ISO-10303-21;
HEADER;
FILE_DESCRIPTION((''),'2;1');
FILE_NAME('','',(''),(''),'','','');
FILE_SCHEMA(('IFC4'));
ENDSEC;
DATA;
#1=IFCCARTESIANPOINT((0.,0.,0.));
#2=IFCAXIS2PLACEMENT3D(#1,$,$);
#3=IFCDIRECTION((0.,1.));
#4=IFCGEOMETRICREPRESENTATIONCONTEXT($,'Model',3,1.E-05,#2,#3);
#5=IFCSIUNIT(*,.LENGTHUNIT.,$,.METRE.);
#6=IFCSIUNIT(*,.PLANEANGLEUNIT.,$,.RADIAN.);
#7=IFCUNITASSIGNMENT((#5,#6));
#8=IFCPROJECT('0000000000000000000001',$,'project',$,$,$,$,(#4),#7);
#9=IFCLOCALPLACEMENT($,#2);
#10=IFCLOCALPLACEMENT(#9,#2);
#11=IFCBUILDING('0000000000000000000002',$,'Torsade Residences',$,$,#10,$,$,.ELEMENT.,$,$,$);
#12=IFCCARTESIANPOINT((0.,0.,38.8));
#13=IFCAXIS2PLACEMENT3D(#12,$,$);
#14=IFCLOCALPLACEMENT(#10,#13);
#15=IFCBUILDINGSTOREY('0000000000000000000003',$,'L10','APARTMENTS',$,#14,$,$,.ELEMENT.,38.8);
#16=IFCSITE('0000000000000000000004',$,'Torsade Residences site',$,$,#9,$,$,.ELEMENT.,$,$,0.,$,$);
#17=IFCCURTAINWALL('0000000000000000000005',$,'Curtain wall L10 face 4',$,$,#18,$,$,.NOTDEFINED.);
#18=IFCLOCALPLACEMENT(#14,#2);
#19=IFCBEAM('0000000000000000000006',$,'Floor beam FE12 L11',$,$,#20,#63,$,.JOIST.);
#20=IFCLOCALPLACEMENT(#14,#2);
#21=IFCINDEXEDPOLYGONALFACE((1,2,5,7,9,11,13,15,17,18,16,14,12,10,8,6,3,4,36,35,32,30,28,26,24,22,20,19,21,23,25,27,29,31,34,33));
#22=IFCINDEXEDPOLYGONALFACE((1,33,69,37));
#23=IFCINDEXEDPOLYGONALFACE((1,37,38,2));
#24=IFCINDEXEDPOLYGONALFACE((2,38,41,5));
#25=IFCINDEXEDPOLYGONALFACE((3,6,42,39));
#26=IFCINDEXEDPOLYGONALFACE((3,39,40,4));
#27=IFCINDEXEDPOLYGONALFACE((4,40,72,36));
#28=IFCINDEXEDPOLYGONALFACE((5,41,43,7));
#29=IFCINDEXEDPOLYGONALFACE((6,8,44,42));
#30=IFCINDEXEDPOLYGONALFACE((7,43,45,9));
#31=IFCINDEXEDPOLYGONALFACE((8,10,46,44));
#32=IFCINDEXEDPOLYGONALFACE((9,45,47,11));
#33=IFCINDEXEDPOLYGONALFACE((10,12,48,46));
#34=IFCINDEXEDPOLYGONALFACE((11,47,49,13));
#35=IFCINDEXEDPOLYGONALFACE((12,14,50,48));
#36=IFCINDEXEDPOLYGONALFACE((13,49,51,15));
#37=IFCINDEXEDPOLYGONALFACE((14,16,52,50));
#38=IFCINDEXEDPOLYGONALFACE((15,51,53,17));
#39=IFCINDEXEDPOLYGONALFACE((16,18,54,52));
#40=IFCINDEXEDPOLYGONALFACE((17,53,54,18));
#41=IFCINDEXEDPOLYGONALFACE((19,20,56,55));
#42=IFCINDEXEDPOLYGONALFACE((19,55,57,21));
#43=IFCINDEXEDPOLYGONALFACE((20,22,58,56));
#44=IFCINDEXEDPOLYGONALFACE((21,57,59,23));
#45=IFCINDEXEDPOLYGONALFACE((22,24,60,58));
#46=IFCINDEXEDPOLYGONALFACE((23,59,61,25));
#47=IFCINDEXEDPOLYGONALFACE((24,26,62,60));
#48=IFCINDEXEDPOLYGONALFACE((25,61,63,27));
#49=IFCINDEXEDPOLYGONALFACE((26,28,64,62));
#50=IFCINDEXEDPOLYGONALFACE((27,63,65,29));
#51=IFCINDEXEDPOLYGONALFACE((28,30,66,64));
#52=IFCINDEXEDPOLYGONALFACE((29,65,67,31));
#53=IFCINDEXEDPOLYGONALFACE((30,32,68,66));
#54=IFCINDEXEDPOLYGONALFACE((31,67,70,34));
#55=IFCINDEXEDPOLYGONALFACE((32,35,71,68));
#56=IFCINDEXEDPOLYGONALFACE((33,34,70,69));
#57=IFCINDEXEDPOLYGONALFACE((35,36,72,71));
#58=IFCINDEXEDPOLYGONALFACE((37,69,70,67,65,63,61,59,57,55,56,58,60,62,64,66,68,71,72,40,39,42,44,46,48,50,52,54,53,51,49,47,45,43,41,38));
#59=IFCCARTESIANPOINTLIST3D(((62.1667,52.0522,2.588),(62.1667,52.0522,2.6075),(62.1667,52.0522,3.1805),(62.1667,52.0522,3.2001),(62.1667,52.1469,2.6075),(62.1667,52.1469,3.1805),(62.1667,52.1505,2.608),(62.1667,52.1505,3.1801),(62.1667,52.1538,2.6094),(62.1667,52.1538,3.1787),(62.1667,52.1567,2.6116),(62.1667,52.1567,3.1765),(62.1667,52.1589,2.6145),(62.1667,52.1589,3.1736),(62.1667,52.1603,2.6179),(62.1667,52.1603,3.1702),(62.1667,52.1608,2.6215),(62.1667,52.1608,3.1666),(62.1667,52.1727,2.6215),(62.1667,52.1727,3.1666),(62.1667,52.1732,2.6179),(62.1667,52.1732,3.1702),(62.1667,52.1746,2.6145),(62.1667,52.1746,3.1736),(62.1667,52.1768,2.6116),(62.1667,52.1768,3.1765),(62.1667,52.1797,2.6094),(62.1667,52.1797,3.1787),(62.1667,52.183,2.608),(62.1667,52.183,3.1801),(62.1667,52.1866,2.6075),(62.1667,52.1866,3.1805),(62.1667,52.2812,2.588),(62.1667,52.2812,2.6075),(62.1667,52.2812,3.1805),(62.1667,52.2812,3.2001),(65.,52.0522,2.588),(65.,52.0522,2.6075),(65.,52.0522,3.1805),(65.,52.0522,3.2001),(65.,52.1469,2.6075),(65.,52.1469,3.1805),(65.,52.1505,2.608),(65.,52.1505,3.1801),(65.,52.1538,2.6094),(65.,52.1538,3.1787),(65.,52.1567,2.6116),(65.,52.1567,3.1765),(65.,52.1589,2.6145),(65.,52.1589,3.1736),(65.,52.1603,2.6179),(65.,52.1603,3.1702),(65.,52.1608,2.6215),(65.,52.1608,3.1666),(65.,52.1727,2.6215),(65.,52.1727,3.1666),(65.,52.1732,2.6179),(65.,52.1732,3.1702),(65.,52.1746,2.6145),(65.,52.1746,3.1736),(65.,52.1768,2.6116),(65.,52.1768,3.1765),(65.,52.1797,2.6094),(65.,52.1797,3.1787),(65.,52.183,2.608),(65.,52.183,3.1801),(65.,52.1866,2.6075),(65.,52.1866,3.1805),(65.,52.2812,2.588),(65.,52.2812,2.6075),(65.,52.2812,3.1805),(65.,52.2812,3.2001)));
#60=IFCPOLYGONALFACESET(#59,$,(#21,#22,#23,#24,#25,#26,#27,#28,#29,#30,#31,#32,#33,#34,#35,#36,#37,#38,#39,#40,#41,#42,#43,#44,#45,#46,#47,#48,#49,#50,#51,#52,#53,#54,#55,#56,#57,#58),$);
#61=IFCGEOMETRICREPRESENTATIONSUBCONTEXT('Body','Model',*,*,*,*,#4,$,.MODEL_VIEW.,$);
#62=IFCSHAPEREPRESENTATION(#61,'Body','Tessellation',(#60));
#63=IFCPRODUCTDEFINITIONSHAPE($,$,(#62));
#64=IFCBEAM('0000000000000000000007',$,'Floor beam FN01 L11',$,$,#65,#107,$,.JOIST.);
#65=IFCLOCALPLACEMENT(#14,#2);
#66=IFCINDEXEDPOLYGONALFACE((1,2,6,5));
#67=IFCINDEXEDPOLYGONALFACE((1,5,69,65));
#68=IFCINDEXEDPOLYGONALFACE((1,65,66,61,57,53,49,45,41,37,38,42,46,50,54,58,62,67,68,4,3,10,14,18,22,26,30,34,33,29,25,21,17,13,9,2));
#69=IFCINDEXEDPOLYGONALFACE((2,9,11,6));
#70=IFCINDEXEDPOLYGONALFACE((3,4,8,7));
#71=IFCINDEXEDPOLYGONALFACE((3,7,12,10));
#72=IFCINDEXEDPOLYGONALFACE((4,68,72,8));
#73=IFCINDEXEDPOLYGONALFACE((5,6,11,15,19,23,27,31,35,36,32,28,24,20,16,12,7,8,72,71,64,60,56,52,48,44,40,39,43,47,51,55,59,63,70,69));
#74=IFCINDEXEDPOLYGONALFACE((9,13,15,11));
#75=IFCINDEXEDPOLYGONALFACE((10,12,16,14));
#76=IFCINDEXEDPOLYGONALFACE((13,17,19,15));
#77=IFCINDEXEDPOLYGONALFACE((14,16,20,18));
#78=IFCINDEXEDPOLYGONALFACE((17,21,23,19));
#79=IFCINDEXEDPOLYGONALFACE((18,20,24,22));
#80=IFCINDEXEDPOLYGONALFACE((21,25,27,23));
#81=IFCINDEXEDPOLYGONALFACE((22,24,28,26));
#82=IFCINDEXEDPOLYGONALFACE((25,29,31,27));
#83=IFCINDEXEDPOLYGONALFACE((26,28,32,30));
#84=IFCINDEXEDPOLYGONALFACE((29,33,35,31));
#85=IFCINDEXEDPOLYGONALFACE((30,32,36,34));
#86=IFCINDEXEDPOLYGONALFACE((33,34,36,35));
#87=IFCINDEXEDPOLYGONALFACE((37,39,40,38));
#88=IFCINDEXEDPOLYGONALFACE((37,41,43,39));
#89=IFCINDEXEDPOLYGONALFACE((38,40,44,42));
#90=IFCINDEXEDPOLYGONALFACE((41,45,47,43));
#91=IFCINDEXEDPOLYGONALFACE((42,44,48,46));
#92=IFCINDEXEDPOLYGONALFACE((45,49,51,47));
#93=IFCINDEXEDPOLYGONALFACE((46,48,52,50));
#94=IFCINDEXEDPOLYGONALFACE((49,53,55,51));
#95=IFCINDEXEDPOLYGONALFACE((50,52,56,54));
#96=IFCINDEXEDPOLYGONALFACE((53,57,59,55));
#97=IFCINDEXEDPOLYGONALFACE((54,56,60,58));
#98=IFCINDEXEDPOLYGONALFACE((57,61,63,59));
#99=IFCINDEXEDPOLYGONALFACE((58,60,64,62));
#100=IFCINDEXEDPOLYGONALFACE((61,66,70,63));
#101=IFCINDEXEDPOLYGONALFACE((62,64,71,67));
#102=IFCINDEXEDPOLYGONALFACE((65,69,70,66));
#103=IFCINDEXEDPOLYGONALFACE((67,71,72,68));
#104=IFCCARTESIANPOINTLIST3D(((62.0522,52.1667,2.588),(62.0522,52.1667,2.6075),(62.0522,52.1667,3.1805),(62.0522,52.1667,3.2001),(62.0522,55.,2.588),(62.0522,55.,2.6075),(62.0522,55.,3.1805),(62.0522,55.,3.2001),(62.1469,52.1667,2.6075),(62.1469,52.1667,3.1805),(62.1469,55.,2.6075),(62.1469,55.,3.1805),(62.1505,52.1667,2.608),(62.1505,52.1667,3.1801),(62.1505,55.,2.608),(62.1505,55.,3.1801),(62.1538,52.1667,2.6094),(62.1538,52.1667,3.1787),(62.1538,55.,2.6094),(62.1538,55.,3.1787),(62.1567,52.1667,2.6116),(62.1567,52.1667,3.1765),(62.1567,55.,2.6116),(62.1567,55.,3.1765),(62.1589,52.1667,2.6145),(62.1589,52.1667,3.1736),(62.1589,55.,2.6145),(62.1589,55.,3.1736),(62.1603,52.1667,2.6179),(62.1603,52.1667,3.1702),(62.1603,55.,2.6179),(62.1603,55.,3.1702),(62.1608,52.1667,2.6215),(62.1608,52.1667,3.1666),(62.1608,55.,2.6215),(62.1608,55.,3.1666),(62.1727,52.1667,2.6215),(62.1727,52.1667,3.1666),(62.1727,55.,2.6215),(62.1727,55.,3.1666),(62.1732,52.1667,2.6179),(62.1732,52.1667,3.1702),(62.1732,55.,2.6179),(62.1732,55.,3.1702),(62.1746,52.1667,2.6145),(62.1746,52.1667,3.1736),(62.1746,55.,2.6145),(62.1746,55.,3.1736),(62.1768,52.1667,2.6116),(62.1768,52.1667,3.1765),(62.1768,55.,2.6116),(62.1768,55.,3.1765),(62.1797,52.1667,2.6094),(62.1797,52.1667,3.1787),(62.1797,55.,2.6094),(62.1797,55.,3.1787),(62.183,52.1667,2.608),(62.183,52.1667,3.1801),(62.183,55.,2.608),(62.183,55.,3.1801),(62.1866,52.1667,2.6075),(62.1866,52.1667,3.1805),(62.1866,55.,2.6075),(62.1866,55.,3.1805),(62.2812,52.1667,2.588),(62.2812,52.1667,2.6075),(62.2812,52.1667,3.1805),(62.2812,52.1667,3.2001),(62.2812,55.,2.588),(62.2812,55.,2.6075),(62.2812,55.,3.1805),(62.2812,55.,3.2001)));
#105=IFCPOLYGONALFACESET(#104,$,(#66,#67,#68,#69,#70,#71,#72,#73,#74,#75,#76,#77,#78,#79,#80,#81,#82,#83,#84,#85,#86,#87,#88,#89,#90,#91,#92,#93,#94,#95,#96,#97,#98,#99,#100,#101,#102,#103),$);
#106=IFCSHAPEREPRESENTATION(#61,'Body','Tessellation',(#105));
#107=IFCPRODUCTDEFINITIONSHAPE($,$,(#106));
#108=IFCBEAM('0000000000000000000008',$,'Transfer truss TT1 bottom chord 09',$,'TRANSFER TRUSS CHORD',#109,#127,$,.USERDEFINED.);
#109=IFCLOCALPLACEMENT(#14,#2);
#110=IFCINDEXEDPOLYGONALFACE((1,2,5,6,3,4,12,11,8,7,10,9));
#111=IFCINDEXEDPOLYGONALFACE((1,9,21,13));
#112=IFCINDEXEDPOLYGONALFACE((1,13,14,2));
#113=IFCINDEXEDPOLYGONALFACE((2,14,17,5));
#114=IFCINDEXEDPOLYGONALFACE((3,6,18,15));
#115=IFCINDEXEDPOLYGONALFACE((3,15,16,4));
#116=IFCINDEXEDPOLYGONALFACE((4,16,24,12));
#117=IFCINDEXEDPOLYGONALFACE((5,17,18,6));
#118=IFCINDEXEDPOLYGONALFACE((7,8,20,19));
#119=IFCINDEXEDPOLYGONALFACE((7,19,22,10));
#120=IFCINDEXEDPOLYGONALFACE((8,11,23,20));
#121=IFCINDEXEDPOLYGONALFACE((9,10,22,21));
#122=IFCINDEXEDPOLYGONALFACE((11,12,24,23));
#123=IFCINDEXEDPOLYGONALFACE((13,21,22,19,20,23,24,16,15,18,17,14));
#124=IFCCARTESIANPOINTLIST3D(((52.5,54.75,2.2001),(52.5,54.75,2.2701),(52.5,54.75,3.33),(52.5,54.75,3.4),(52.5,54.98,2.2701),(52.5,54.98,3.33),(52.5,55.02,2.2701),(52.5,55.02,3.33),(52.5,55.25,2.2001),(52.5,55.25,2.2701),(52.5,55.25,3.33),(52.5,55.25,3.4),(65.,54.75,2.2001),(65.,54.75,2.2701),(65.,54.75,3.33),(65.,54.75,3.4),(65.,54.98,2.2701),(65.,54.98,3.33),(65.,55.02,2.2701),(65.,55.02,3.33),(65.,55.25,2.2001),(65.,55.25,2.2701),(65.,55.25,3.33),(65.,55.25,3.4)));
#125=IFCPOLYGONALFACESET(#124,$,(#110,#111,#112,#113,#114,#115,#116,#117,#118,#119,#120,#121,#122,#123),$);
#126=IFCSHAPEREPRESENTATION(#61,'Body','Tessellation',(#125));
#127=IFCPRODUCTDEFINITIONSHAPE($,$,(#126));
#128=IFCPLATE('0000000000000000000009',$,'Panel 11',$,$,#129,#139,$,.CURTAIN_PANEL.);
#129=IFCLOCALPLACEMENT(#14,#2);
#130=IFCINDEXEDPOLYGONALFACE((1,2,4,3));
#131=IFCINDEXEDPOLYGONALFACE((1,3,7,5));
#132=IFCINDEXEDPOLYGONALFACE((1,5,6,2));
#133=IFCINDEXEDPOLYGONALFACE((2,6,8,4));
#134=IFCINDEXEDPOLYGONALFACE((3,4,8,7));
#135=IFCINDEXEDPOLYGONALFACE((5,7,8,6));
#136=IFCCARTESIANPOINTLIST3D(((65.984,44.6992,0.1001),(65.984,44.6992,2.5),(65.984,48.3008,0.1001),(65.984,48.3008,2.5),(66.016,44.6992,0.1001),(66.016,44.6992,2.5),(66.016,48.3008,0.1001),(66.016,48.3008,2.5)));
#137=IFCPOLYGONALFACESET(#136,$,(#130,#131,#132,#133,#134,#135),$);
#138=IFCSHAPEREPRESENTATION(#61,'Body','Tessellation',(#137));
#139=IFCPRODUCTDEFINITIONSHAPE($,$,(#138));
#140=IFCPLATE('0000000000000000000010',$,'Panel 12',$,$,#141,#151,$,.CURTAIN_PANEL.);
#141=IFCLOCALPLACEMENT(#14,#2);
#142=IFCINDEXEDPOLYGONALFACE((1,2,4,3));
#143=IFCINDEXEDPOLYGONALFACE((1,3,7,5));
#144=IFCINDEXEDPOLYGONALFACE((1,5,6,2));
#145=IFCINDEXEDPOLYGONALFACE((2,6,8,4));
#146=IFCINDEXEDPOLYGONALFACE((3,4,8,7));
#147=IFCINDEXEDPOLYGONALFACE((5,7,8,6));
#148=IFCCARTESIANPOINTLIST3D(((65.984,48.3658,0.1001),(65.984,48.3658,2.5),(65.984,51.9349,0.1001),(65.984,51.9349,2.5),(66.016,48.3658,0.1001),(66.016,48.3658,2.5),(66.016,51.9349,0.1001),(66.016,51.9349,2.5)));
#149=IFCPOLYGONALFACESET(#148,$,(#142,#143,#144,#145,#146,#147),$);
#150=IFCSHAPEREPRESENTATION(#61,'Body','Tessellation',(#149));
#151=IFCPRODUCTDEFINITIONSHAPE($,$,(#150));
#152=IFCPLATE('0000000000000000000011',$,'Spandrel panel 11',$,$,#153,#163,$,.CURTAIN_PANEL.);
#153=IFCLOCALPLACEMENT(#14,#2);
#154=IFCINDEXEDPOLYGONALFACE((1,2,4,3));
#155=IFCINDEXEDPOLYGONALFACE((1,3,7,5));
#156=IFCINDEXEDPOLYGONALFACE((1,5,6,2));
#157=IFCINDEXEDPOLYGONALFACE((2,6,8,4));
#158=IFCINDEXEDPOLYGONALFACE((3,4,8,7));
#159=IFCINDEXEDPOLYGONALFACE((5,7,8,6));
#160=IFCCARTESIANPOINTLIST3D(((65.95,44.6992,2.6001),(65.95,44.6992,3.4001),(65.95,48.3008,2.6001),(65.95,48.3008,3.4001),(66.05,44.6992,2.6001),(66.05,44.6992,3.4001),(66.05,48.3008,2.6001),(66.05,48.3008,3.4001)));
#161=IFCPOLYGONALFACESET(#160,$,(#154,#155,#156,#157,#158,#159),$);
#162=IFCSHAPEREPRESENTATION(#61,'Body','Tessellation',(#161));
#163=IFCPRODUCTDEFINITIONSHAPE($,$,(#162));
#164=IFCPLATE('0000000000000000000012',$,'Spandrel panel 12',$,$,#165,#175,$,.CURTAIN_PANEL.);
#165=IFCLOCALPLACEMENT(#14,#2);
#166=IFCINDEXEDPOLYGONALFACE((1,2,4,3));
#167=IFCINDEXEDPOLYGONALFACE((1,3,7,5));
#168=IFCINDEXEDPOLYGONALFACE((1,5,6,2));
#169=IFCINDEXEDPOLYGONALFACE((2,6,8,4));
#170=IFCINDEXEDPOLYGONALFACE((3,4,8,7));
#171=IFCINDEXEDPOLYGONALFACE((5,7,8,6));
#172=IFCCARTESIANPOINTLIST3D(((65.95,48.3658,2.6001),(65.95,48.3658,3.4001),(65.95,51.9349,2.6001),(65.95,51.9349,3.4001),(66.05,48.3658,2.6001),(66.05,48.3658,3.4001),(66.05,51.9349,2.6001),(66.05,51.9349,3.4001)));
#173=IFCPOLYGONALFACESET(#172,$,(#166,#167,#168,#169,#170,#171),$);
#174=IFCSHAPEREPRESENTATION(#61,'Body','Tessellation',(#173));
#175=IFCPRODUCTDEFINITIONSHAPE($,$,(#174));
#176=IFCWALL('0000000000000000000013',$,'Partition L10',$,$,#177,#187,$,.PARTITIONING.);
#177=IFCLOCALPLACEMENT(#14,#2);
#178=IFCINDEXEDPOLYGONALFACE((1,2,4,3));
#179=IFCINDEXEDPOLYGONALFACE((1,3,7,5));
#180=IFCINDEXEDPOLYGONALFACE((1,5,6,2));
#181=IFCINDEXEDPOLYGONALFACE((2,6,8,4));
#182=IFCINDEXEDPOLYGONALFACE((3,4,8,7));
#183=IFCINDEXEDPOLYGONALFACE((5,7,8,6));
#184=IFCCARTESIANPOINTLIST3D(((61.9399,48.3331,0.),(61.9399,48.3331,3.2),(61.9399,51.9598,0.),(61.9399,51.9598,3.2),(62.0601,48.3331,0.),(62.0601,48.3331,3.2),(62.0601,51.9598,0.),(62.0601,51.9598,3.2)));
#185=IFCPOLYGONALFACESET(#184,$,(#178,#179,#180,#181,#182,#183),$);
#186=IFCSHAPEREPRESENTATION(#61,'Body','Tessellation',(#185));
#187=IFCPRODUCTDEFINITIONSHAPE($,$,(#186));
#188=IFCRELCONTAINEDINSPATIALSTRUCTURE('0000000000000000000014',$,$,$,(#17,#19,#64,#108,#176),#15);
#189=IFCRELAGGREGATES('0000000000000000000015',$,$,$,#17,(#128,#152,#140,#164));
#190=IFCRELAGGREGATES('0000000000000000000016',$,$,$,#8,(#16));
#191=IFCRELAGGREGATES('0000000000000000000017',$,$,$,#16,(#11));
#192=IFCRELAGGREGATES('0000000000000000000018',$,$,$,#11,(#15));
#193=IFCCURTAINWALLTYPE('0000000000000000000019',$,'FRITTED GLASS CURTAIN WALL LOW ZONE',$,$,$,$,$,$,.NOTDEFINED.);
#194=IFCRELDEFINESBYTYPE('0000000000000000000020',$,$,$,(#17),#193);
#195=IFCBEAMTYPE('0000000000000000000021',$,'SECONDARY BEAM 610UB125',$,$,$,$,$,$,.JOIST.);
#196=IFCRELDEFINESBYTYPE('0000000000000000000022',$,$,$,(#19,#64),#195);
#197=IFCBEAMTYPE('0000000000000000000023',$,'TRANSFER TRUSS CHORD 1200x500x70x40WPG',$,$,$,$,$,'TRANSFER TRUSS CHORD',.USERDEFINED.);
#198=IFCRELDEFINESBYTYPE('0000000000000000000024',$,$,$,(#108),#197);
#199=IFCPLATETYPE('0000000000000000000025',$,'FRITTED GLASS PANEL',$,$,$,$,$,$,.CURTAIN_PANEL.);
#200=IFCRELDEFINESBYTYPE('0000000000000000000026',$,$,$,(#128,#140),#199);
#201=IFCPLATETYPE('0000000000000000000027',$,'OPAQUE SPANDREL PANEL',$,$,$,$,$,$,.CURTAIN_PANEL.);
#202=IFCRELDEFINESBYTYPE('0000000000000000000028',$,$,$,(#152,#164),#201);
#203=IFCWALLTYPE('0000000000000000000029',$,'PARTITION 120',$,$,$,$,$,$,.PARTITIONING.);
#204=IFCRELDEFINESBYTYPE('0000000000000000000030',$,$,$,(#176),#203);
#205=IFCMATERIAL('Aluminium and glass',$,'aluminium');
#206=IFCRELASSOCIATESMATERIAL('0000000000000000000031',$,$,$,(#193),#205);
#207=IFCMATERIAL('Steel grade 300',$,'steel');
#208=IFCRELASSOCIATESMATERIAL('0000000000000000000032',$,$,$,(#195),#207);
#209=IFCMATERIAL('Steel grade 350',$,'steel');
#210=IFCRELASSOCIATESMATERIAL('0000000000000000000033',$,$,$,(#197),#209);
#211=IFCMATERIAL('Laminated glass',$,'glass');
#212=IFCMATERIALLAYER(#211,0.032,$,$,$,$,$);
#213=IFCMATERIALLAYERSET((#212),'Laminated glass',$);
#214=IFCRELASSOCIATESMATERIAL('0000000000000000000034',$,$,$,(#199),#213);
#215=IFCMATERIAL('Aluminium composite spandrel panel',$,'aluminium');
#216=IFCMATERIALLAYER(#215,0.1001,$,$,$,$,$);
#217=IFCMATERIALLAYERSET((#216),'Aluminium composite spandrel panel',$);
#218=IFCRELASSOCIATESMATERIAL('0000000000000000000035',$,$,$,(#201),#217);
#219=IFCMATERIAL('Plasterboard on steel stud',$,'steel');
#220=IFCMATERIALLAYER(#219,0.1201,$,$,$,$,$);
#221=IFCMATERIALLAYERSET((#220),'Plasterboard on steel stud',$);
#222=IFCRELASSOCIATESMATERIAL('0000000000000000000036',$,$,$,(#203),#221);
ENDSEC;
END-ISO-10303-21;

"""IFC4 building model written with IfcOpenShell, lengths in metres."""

from ifc_helpers import new_model, si_unit, direction, frame, frame_2d, origin, origin_2d, place, context, subcontext, project, spatial, rectangle, i_section, extrude, material, layer, layer_set, material_profile, profile_set, type_object, element, aggregate, save


model = new_model("IFC4")

# Units and contexts
model_context = context("Model", 3, precision=1e-05, world=origin(), true_north=direction((0.0, 1.0)))
body_context = subcontext(model_context, "Body", "Model", "MODEL_VIEW")
ifc_project = project(units=[si_unit("LENGTHUNIT", "METRE"), si_unit("PLANEANGLEUNIT", "RADIAN")], contexts=[model_context])

# Site, building, storey
site_placement = place(None, origin())
site = spatial("IfcSite", under=ifc_project, at=site_placement, Name="Torsade Residences site", CompositionType="ELEMENT", RefElevation=0.0)
building_placement = place(site_placement, origin())
building = spatial("IfcBuilding", under=site, at=building_placement, Name="Torsade Residences", CompositionType="ELEMENT")
storey_placement = place(building_placement, frame((0.0, 0.0, 38.8)))
storey = spatial("IfcBuildingStorey", under=building, at=storey_placement, Name="L10", Description="APARTMENTS", CompositionType="ELEMENT", Elevation=38.8)

# Curtain wall
ifc_material_1 = material(Name="Aluminium and glass", Category="aluminium")
curtain_wall_type = type_object("IfcCurtainWallType", Name="FRITTED GLASS CURTAIN WALL LOW ZONE", PredefinedType="NOTDEFINED", material=ifc_material_1)
curtain_wall_1_placement = place(storey_placement, origin())
curtain_wall_1 = element("IfcCurtainWall", 1, at=curtain_wall_1_placement, inside=storey, type_object=curtain_wall_type, Name="Curtain wall L10 face 4", PredefinedType="NOTDEFINED")

# Beams
ifc_material_2 = material(Name="Steel grade 300", Category="steel")
ifc_material_profile_1 = material_profile(ifc_material_2, i_section(OverallWidth=0.229, OverallDepth=0.6121, WebThickness=0.012, FlangeThickness=0.0195, FilletRadius=0.0139, at=origin_2d()), Name="610UB125")
ifc_profile_set_1 = profile_set([ifc_material_profile_1], Name="Steel grade 300")
beam_type_1 = type_object("IfcBeamType", Name="SECONDARY BEAM 610UB125", PredefinedType="JOIST", material=ifc_profile_set_1)
for number, where, z_axis, x_axis, name in (
    (2, (65.0, 52.1667, 2.894), (-1.0, 0.0, 0.0), (0.0, -1.0, 0.0), "Floor beam FE12 L11"),
    (3, (62.1667, 55.0, 2.894), (0.0, -1.0, 0.0), (1.0, 0.0, 0.0), "Floor beam FN01 L11"),
):
    element("IfcBeam", number, at=place(storey_placement, frame(where, z_axis=z_axis, x_axis=x_axis)), inside=storey, type_object=beam_type_1, Name=name, PredefinedType="JOIST", context=body_context, shape_type="SweptSolid", body=[
        extrude(i_section(OverallWidth=0.229, OverallDepth=0.6121, WebThickness=0.012, FlangeThickness=0.0195, FilletRadius=0.0139, at=origin_2d()), origin(), (0.0, 0.0, 1.0), 2.8333),
    ])
ifc_material_3 = material(Name="Steel grade 350", Category="steel")
ifc_material_profile_2 = material_profile(ifc_material_3, i_section(OverallWidth=0.5, OverallDepth=1.2, WebThickness=0.04, FlangeThickness=0.0701, at=origin_2d()), Name="1200x500x70x40WPG")
ifc_profile_set_2 = profile_set([ifc_material_profile_2], Name="Steel grade 350")
beam_type_2 = type_object("IfcBeamType", Name="TRANSFER TRUSS CHORD 1200x500x70x40WPG", ElementType="TRANSFER TRUSS CHORD", PredefinedType="USERDEFINED", material=ifc_profile_set_2)
beam_1_placement = place(storey_placement, frame((65.0, 55.0, 2.8), z_axis=(-1.0, 0.0, 0.0), x_axis=(0.0, -1.0, 0.0)))
element("IfcBeam", 4, at=beam_1_placement, inside=storey, type_object=beam_type_2, Name="Transfer truss TT1 bottom chord 09", ObjectType="TRANSFER TRUSS CHORD", PredefinedType="USERDEFINED", context=body_context, shape_type="SweptSolid", body=[
    extrude(i_section(OverallWidth=0.5, OverallDepth=1.2, WebThickness=0.04, FlangeThickness=0.0701, at=origin_2d()), origin(), (0.0, 0.0, 1.0), 12.5),
])

# Plates
ifc_material_4 = material(Name="Laminated glass", Category="glass")
ifc_layer_1 = layer(ifc_material_4, 0.032)
ifc_layer_set_1 = layer_set([ifc_layer_1], Name="Laminated glass")
plate_type_1 = type_object("IfcPlateType", Name="FRITTED GLASS PANEL", PredefinedType="CURTAIN_PANEL", material=ifc_layer_set_1)
plate_1_placement = place(storey_placement, frame((66.0, 46.5, 0.1001), z_axis=(0.0, 0.0, 1.0), x_axis=(0.0, 1.0, 0.0)))
plate_1 = element("IfcPlate", 5, at=plate_1_placement, type_object=plate_type_1, Name="Panel 11", PredefinedType="CURTAIN_PANEL", context=body_context, shape_type="SweptSolid", body=[
    extrude(rectangle(XDim=3.6016, YDim=0.032, at=origin_2d()), origin(), (0.0, 0.0, 1.0), 2.3999),
])
plate_2_placement = place(storey_placement, frame((66.0, 50.1504, 0.1001), z_axis=(0.0, 0.0, 1.0), x_axis=(0.0, 1.0, 0.0)))
plate_2 = element("IfcPlate", 6, at=plate_2_placement, type_object=plate_type_1, Name="Panel 12", PredefinedType="CURTAIN_PANEL", context=body_context, shape_type="SweptSolid", body=[
    extrude(rectangle(XDim=3.5691, YDim=0.032, at=origin_2d()), origin(), (0.0, 0.0, 1.0), 2.3999),
])
ifc_material_5 = material(Name="Aluminium composite spandrel panel", Category="aluminium")
ifc_layer_2 = layer(ifc_material_5, 0.1001)
ifc_layer_set_2 = layer_set([ifc_layer_2], Name="Aluminium composite spandrel panel")
plate_type_2 = type_object("IfcPlateType", Name="OPAQUE SPANDREL PANEL", PredefinedType="CURTAIN_PANEL", material=ifc_layer_set_2)
plate_3_placement = place(storey_placement, frame((66.0, 46.5, 2.6001), z_axis=(0.0, 0.0, 1.0), x_axis=(0.0, 1.0, 0.0)))
plate_3 = element("IfcPlate", 7, at=plate_3_placement, type_object=plate_type_2, Name="Spandrel panel 11", PredefinedType="CURTAIN_PANEL", context=body_context, shape_type="SweptSolid", body=[
    extrude(rectangle(XDim=3.6016, YDim=0.1001, at=origin_2d()), origin(), (0.0, 0.0, 1.0), 0.8),
])
plate_4_placement = place(storey_placement, frame((66.0, 50.1504, 2.6001), z_axis=(0.0, 0.0, 1.0), x_axis=(0.0, 1.0, 0.0)))
plate_4 = element("IfcPlate", 8, at=plate_4_placement, type_object=plate_type_2, Name="Spandrel panel 12", PredefinedType="CURTAIN_PANEL", context=body_context, shape_type="SweptSolid", body=[
    extrude(rectangle(XDim=3.5691, YDim=0.1001, at=origin_2d()), origin(), (0.0, 0.0, 1.0), 0.8),
])
aggregate(curtain_wall_1, [plate_1, plate_3, plate_2, plate_4])

# Wall
ifc_material_6 = material(Name="Plasterboard on steel stud", Category="steel")
ifc_layer_3 = layer(ifc_material_6, 0.1201)
ifc_layer_set_3 = layer_set([ifc_layer_3], Name="Plasterboard on steel stud")
wall_type_1 = type_object("IfcWallType", Name="PARTITION 120", PredefinedType="PARTITIONING", material=ifc_layer_set_3)
wall_1_placement = place(storey_placement, frame((62.0, 51.96, 0.0), z_axis=(0.0, 0.0, 1.0), x_axis=(0.0, -1.0, 0.0)))
element("IfcWall", 9, at=wall_1_placement, inside=storey, type_object=wall_type_1, Name="Partition L10", PredefinedType="PARTITIONING", context=body_context, shape_type="SweptSolid", body=[
    extrude(rectangle(XDim=3.6267, YDim=0.1201, at=frame_2d((1.8135, 0.0))), origin(), (0.0, 0.0, 1.0), 3.2),
])

save(model, "model.ifc")
